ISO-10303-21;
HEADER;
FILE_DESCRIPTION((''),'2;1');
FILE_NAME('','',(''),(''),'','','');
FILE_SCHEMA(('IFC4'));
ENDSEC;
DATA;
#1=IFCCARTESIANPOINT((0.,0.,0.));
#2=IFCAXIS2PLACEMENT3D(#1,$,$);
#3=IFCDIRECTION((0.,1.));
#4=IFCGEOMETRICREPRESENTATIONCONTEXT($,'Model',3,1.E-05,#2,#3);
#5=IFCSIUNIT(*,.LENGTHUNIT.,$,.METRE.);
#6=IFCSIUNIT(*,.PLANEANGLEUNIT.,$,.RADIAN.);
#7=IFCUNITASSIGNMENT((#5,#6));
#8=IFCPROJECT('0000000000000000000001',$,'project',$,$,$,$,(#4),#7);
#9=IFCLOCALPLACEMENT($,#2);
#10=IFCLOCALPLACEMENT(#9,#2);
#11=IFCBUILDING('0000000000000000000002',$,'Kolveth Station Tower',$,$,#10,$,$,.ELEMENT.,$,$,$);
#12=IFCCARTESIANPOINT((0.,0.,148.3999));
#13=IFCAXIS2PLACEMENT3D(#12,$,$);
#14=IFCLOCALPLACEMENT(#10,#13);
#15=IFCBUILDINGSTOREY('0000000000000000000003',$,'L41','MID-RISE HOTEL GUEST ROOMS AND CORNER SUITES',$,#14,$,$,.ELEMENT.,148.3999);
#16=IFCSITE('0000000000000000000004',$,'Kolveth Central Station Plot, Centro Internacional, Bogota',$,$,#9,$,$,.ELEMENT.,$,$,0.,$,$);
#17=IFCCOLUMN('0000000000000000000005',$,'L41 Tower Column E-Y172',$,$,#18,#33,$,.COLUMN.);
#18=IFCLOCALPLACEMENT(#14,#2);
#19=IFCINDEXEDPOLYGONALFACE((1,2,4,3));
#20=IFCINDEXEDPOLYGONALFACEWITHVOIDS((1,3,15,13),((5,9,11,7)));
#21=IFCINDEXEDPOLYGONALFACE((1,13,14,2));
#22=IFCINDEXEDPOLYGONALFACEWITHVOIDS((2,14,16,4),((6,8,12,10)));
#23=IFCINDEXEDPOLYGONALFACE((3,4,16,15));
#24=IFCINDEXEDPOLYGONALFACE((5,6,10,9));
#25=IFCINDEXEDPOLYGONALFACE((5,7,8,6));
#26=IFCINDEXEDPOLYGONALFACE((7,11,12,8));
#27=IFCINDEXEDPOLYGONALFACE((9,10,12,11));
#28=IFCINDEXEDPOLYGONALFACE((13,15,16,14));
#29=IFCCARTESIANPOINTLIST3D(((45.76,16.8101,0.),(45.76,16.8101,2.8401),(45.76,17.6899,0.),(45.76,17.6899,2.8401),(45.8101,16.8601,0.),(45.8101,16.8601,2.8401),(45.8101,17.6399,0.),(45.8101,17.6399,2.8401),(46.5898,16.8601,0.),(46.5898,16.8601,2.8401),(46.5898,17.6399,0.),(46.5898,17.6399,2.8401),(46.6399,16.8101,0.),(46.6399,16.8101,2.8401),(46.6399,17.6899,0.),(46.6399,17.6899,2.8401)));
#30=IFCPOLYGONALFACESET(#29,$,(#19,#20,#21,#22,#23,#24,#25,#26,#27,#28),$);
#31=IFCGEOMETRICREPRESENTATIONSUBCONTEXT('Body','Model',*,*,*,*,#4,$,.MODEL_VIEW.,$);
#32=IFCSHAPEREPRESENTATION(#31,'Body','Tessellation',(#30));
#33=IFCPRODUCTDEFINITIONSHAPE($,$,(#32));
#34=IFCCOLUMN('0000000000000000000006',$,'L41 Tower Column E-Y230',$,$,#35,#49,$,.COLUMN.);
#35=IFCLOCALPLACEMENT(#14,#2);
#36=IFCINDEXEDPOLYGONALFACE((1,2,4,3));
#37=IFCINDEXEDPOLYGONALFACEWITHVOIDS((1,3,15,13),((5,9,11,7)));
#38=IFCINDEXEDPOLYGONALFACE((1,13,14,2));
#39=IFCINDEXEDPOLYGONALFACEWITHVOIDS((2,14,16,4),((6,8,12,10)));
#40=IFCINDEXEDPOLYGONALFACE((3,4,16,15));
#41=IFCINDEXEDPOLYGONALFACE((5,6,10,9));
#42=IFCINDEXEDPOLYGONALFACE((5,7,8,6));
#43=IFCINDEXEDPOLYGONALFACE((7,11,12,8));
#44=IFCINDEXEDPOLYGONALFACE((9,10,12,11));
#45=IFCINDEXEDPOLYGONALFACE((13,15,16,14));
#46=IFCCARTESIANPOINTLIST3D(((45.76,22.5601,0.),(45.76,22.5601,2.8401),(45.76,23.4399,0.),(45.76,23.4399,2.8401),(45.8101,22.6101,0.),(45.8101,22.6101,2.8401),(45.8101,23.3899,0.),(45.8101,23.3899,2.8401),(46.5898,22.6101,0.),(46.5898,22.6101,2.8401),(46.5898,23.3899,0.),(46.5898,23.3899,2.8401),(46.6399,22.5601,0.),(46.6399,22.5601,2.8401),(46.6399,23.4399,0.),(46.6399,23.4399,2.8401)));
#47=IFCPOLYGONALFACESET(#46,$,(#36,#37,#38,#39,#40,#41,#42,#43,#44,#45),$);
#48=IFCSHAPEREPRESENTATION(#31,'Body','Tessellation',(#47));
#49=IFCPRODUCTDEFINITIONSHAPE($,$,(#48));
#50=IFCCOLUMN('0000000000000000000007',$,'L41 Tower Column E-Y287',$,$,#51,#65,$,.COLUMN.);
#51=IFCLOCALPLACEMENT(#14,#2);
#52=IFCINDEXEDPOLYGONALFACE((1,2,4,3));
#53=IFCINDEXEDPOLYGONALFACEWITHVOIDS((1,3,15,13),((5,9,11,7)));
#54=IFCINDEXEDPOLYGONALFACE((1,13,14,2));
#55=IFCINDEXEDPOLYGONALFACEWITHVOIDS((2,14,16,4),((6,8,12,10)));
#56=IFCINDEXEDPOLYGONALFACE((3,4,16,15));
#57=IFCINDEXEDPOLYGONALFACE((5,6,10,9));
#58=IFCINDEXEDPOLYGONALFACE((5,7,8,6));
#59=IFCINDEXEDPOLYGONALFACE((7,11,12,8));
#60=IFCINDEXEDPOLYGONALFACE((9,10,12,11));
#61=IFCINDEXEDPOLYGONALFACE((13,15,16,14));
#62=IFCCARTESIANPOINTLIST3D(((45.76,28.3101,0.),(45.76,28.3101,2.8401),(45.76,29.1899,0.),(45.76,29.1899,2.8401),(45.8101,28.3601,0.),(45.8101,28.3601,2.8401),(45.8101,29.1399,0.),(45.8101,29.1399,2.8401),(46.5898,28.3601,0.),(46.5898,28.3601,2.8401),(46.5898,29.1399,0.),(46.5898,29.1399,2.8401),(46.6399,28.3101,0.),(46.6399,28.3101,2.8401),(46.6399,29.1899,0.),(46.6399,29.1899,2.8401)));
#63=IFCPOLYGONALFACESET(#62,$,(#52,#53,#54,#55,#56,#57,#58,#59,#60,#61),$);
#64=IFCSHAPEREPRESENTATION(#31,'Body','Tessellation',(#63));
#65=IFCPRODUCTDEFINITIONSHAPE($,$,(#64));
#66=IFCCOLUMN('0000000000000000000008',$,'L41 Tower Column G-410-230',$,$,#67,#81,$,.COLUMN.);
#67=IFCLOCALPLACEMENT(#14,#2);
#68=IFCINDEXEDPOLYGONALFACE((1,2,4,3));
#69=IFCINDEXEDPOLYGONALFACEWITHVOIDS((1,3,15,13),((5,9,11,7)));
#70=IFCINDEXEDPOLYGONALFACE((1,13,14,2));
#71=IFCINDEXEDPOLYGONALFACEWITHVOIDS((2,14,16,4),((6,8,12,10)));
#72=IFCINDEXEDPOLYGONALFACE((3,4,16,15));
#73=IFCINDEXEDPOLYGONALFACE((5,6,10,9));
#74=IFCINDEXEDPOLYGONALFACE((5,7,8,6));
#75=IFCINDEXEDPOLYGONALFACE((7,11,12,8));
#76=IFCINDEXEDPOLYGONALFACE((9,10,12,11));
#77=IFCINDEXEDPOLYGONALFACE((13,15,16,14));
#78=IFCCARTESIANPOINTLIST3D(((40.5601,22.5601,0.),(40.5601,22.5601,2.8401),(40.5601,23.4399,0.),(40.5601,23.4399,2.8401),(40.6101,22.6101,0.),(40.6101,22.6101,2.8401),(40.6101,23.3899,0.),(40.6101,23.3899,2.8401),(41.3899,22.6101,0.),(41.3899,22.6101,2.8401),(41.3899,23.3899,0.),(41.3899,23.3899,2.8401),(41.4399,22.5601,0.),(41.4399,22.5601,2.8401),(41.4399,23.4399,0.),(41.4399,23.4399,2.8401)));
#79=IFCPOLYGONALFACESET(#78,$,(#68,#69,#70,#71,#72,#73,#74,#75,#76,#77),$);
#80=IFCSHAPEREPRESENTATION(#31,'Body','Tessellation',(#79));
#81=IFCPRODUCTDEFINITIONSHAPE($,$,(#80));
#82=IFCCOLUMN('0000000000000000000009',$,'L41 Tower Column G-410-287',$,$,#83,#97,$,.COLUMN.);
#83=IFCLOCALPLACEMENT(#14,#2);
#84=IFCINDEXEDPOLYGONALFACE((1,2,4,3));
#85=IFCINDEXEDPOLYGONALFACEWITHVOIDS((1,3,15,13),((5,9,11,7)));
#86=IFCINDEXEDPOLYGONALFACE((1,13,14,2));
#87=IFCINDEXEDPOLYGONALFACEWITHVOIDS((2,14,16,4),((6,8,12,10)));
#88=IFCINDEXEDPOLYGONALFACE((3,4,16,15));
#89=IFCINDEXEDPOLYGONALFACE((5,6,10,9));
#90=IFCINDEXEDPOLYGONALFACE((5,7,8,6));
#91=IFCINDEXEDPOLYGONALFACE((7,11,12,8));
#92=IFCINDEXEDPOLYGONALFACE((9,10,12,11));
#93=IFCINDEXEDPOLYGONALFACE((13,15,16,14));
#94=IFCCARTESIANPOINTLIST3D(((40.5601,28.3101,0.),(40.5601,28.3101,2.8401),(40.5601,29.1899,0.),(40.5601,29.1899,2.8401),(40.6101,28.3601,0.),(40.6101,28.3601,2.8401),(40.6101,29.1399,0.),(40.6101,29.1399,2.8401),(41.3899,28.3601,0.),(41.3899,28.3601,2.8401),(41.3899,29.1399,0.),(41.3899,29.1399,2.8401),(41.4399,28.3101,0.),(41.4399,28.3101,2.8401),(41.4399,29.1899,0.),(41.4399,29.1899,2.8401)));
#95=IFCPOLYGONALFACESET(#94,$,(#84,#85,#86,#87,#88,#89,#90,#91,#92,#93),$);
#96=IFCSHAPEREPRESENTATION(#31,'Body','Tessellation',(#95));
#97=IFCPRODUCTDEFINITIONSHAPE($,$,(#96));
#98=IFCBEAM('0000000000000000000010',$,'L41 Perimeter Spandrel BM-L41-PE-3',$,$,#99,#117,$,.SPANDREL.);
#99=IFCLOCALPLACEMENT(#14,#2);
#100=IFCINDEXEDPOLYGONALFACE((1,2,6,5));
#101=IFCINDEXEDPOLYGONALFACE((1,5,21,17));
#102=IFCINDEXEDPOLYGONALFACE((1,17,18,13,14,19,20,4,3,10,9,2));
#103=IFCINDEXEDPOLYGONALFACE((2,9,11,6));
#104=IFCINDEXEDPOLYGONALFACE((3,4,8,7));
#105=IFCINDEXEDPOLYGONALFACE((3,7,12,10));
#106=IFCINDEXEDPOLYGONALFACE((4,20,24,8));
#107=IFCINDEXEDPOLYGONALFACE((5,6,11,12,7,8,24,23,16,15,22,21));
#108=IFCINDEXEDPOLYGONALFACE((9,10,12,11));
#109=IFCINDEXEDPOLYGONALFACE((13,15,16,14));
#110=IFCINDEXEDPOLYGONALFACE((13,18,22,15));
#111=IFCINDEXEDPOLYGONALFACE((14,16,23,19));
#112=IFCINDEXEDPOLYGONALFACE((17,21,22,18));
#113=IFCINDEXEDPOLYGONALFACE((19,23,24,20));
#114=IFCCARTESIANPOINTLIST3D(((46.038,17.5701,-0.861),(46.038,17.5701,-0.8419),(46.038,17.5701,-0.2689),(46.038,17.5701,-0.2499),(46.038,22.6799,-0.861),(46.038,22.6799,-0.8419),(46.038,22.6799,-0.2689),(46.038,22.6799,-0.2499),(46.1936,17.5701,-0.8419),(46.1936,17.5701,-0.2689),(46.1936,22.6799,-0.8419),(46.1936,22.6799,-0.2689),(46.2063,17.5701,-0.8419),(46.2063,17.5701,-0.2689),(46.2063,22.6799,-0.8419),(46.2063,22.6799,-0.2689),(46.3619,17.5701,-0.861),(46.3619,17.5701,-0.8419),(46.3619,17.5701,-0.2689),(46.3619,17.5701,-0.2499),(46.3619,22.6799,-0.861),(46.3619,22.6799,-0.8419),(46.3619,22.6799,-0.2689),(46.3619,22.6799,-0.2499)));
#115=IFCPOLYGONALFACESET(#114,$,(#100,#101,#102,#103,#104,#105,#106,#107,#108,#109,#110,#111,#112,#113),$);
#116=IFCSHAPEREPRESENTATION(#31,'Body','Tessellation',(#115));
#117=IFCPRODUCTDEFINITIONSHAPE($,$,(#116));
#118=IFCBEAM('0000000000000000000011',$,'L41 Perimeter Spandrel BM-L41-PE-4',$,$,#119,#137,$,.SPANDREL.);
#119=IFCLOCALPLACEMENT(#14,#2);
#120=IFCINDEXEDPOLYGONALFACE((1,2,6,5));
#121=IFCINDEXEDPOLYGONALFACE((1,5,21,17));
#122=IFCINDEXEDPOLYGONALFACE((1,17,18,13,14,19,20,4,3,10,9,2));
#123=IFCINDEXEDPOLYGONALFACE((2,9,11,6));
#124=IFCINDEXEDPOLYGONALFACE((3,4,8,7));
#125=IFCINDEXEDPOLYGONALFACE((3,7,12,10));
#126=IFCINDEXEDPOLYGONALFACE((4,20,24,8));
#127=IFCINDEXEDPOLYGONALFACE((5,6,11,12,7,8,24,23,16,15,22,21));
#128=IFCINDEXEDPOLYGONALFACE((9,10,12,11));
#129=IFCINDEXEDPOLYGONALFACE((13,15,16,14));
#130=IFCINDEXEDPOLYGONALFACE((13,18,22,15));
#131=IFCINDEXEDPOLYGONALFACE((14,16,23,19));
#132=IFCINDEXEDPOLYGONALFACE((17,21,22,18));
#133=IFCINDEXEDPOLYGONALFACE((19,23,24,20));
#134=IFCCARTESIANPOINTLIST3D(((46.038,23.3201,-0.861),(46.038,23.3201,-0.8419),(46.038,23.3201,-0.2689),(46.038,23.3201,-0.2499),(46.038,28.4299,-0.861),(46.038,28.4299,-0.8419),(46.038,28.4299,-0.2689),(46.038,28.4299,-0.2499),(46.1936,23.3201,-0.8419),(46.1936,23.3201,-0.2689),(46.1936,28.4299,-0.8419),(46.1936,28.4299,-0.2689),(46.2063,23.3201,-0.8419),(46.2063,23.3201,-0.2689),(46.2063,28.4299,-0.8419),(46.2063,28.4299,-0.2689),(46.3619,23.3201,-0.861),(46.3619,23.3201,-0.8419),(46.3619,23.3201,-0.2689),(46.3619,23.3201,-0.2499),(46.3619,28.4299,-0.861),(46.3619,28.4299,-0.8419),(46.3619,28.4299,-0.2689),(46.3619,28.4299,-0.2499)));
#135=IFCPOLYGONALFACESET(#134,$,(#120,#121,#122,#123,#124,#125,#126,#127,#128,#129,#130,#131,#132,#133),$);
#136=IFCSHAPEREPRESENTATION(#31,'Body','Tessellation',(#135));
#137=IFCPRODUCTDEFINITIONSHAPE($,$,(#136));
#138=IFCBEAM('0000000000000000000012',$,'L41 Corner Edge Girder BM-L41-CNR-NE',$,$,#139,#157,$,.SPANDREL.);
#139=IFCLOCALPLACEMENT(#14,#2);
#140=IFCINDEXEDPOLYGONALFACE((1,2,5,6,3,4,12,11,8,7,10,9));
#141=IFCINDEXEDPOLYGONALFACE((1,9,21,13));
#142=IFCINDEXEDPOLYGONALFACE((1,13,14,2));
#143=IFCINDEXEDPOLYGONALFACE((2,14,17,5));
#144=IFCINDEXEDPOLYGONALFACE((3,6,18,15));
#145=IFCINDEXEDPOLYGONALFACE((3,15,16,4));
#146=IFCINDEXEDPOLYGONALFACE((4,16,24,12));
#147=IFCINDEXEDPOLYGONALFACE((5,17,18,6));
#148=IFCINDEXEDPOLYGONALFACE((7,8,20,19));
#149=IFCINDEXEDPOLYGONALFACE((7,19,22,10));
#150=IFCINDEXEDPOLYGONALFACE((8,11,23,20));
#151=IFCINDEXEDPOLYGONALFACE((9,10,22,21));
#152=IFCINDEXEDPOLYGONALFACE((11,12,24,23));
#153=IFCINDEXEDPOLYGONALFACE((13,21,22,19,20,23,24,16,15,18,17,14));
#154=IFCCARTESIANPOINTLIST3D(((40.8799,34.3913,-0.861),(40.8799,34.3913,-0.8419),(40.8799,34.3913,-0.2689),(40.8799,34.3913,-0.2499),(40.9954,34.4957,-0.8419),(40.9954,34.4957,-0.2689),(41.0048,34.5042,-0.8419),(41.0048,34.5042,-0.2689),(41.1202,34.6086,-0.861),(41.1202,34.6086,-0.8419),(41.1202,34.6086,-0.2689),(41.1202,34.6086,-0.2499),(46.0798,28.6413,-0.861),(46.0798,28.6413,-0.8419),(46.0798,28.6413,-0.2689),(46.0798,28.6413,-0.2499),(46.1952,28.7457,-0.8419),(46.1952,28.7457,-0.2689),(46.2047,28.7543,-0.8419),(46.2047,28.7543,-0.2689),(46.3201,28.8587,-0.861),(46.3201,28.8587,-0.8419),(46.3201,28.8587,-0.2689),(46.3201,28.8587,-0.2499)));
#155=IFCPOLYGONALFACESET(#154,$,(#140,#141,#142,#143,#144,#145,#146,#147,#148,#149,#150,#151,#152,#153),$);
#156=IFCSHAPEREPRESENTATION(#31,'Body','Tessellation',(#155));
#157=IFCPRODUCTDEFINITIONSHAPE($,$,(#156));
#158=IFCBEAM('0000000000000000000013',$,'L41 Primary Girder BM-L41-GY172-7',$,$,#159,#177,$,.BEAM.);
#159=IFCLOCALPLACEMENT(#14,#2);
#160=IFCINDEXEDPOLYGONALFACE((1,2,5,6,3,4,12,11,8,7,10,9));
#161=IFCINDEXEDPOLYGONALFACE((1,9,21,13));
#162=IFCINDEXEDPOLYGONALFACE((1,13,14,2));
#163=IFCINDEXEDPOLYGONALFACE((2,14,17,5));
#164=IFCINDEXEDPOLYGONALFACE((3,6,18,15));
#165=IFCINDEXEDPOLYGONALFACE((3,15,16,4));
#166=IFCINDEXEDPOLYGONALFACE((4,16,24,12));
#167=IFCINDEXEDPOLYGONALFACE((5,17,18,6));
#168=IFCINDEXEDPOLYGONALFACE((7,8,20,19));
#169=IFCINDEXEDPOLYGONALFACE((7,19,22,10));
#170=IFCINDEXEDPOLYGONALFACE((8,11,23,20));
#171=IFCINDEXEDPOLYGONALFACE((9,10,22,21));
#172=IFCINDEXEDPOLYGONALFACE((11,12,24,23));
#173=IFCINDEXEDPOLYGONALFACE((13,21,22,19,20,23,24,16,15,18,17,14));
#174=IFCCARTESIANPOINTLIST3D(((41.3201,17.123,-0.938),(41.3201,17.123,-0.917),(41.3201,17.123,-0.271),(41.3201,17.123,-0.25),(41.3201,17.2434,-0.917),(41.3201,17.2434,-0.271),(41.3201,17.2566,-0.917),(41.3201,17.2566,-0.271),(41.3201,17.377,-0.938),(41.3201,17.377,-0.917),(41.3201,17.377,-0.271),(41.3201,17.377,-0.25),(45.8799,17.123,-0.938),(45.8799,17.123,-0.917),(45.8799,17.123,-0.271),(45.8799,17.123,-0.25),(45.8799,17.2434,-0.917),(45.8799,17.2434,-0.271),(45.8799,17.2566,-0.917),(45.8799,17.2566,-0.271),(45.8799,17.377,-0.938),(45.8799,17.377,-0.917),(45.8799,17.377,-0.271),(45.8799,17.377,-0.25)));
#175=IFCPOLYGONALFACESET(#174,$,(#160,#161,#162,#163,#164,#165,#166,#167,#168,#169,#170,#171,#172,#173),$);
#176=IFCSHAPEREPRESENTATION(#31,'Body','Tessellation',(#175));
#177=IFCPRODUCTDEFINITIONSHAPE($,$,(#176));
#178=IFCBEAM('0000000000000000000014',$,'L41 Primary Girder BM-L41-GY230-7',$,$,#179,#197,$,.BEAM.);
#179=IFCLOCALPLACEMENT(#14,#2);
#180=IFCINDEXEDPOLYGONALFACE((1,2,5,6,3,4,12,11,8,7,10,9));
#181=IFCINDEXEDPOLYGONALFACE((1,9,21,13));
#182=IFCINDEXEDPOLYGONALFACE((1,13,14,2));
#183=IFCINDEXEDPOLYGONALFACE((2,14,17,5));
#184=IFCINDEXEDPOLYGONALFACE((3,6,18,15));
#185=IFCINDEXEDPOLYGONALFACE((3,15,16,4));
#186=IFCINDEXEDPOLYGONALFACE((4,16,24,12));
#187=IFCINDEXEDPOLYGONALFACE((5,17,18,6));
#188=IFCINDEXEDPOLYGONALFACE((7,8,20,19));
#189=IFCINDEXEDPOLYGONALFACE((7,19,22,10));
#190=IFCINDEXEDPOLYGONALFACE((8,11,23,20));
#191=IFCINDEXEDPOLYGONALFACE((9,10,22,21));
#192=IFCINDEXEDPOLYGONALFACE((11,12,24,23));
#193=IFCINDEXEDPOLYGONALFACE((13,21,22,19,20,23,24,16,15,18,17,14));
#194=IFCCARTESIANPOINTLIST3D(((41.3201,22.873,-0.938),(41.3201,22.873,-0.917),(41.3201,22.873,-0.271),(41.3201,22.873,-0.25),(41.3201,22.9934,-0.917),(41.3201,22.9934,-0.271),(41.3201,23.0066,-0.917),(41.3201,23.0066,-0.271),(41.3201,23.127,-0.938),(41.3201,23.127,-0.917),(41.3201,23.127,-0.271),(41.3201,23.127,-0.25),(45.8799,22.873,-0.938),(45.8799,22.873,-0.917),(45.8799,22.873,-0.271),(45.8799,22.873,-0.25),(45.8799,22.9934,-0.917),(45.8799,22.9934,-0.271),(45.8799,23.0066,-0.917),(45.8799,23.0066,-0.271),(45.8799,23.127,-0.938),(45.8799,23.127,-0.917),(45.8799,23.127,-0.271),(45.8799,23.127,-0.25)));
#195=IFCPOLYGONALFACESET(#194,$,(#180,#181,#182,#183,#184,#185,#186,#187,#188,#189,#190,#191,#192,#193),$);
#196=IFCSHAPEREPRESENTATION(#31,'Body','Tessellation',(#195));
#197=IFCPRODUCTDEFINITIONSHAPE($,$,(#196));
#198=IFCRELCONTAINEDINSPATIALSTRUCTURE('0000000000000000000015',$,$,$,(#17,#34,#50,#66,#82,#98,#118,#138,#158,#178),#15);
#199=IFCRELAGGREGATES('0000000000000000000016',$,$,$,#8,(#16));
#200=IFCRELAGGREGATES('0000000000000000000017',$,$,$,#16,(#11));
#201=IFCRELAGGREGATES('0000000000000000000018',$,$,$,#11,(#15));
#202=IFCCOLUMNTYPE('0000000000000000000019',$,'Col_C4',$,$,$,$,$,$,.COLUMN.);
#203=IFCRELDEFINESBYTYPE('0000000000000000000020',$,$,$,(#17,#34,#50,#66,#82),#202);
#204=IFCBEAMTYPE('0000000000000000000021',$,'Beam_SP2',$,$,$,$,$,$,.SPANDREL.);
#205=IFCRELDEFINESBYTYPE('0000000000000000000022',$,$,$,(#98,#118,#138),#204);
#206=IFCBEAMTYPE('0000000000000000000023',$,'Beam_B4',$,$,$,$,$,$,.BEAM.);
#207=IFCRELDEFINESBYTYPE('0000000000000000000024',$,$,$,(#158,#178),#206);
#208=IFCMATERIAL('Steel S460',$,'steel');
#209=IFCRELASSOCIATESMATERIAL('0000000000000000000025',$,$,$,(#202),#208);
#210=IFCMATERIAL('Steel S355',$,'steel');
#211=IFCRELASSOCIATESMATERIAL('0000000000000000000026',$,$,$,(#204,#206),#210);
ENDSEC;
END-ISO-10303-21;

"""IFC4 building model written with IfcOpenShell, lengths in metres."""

from ifc_helpers import new_model, si_unit, direction, frame, origin, origin_2d, place, context, subcontext, project, spatial, hollow_rectangle, i_section, extrude, source, transform, mapped, material, material_profile, profile_set, type_object, element, save


model = new_model("IFC4")

# Units and contexts
model_context = context("Model", 3, precision=1e-05, world=origin(), true_north=direction((0.0, 1.0)))
body_context = subcontext(model_context, "Body", "Model", "MODEL_VIEW")
ifc_project = project(units=[si_unit("LENGTHUNIT", "METRE"), si_unit("PLANEANGLEUNIT", "RADIAN")], contexts=[model_context])

# Site, building, storey
site_placement = place(None, origin())
site = spatial("IfcSite", under=ifc_project, at=site_placement, Name="Kolveth Central Station Plot, Centro Internacional, Bogota", CompositionType="ELEMENT", RefElevation=0.0)
building_placement = place(site_placement, origin())
building = spatial("IfcBuilding", under=site, at=building_placement, Name="Kolveth Station Tower", CompositionType="ELEMENT")
storey_placement = place(building_placement, frame((0.0, 0.0, 148.3999)))
storey = spatial("IfcBuildingStorey", under=building, at=storey_placement, Name="L41", Description="MID-RISE HOTEL GUEST ROOMS AND CORNER SUITES", CompositionType="ELEMENT", Elevation=148.3999)

# Columns
ifc_material_1 = material(Name="Steel S460", Category="steel")
ifc_material_profile_1 = material_profile(ifc_material_1, hollow_rectangle(XDim=0.8799, YDim=0.8799, WallThickness=0.05, at=origin_2d()), Name="BOX880x880x50")
ifc_profile_set_1 = profile_set([ifc_material_profile_1], Name="Steel S460")
column_type = type_object("IfcColumnType", Name="Col_C4", PredefinedType="COLUMN", material=ifc_profile_set_1)
shared_shape_1 = source(origin(), body_context, "Body", "SweptSolid", [
    extrude(hollow_rectangle(XDim=0.8799, YDim=0.8799, WallThickness=0.05, at=origin_2d()), origin(), (0.0, 0.0, 1.0), 2.8401),
])
for number, where, z_axis, x_axis, name in (
    (1, (46.2, 17.25, 0.0), (0.0, 0.0, 1.0), (1.0, 0.0, 0.0), "L41 Tower Column E-Y172"),
    (2, (46.2, 23.0, 0.0), (0.0, 0.0, 1.0), (1.0, 0.0, 0.0), "L41 Tower Column E-Y230"),
    (3, (46.2, 28.75, 0.0), (0.0, 0.0, 1.0), (1.0, 0.0, 0.0), "L41 Tower Column E-Y287"),
    (4, (41.0, 23.0, 0.0), (0.0, 0.0, 1.0), (1.0, 0.0, 0.0), "L41 Tower Column G-410-230"),
    (5, (41.0, 28.75, 0.0), (0.0, 0.0, 1.0), (1.0, 0.0, 0.0), "L41 Tower Column G-410-287"),
):
    element("IfcColumn", number, at=place(storey_placement, frame(where, z_axis=z_axis, x_axis=x_axis)), inside=storey, type_object=column_type, Name=name, PredefinedType="COLUMN", context=body_context, shape_type="MappedRepresentation", body=[
        mapped(shared_shape_1, transform((0.0, 0.0, 0.0), x_axis=(1.0, 0.0, 0.0), y_axis=(0.0, 1.0, 0.0), z_axis=(0.0, 0.0, 1.0), scale=1.0)),
    ])

# Beams
ifc_material_2 = material(Name="Steel S355", Category="steel")
ifc_material_profile_2 = material_profile(ifc_material_2, i_section(OverallWidth=0.324, OverallDepth=0.6111, WebThickness=0.0127, FlangeThickness=0.019, at=origin_2d()), Name="W610x155")
ifc_profile_set_2 = profile_set([ifc_material_profile_2], Name="Steel S355")
beam_type_1 = type_object("IfcBeamType", Name="Beam_SP2", PredefinedType="SPANDREL", material=ifc_profile_set_2)
shared_shape_2 = source(origin(), body_context, "Body", "SweptSolid", [
    extrude(i_section(OverallWidth=0.324, OverallDepth=0.6111, WebThickness=0.0127, FlangeThickness=0.019, at=origin_2d()), origin(), (0.0, 0.0, 1.0), 5.1099),
])
for number, where, z_axis, x_axis, name in (
    (6, (46.2, 17.5701, -0.5554), (0.0, 1.0, 0.0), (-1.0, 0.0, 0.0), "L41 Perimeter Spandrel BM-L41-PE-3"),
    (7, (46.2, 23.3201, -0.5554), (0.0, 1.0, 0.0), (-1.0, 0.0, 0.0), "L41 Perimeter Spandrel BM-L41-PE-4"),
):
    element("IfcBeam", number, at=place(storey_placement, frame(where, z_axis=z_axis, x_axis=x_axis)), inside=storey, type_object=beam_type_1, Name=name, PredefinedType="SPANDREL", context=body_context, shape_type="MappedRepresentation", body=[
        mapped(shared_shape_2, transform((0.0, 0.0, 0.0), x_axis=(1.0, 0.0, 0.0), y_axis=(0.0, 1.0, 0.0), z_axis=(0.0, 0.0, 1.0), scale=1.0)),
    ])
shared_shape_3 = source(origin(), body_context, "Body", "SweptSolid", [
    extrude(i_section(OverallWidth=0.324, OverallDepth=0.6111, WebThickness=0.0127, FlangeThickness=0.019, at=origin_2d()), origin(), (0.0, 0.0, 1.0), 7.7524),
])
beam_placement = place(storey_placement, frame((46.2, 28.75, -0.5554), z_axis=(-0.670741, 0.741692, 0.0), x_axis=(-0.741692, -0.670741, 0.0)))
element("IfcBeam", 8, at=beam_placement, inside=storey, type_object=beam_type_1, Name="L41 Corner Edge Girder BM-L41-CNR-NE", PredefinedType="SPANDREL", context=body_context, shape_type="MappedRepresentation", body=[
    mapped(shared_shape_3, transform((0.0, 0.0, 0.0), x_axis=(1.0, 0.0, 0.0), y_axis=(0.0, 1.0, 0.0), z_axis=(0.0, 0.0, 1.0), scale=1.0)),
])
ifc_material_profile_3 = material_profile(ifc_material_2, i_section(OverallWidth=0.2539, OverallDepth=0.688, WebThickness=0.0132, FlangeThickness=0.021, at=origin_2d()), Name="W690x152")
ifc_profile_set_3 = profile_set([ifc_material_profile_3], Name="Steel S355")
beam_type_2 = type_object("IfcBeamType", Name="Beam_B4", PredefinedType="BEAM", material=ifc_profile_set_3)
shared_shape_4 = source(origin(), body_context, "Body", "SweptSolid", [
    extrude(i_section(OverallWidth=0.2539, OverallDepth=0.688, WebThickness=0.0132, FlangeThickness=0.021, at=origin_2d()), origin(), (0.0, 0.0, 1.0), 4.5598),
])
for number, where, z_axis, x_axis, name in (
    (9, (41.3201, 17.25, -0.594), (1.0, 0.0, 0.0), (0.0, 1.0, 0.0), "L41 Primary Girder BM-L41-GY172-7"),
    (10, (41.3201, 23.0, -0.594), (1.0, 0.0, 0.0), (0.0, 1.0, 0.0), "L41 Primary Girder BM-L41-GY230-7"),
):
    element("IfcBeam", number, at=place(storey_placement, frame(where, z_axis=z_axis, x_axis=x_axis)), inside=storey, type_object=beam_type_2, Name=name, PredefinedType="BEAM", context=body_context, shape_type="MappedRepresentation", body=[
        mapped(shared_shape_4, transform((0.0, 0.0, 0.0), x_axis=(1.0, 0.0, 0.0), y_axis=(0.0, 1.0, 0.0), z_axis=(0.0, 0.0, 1.0), scale=1.0)),
    ])

save(model, "model.ifc")
